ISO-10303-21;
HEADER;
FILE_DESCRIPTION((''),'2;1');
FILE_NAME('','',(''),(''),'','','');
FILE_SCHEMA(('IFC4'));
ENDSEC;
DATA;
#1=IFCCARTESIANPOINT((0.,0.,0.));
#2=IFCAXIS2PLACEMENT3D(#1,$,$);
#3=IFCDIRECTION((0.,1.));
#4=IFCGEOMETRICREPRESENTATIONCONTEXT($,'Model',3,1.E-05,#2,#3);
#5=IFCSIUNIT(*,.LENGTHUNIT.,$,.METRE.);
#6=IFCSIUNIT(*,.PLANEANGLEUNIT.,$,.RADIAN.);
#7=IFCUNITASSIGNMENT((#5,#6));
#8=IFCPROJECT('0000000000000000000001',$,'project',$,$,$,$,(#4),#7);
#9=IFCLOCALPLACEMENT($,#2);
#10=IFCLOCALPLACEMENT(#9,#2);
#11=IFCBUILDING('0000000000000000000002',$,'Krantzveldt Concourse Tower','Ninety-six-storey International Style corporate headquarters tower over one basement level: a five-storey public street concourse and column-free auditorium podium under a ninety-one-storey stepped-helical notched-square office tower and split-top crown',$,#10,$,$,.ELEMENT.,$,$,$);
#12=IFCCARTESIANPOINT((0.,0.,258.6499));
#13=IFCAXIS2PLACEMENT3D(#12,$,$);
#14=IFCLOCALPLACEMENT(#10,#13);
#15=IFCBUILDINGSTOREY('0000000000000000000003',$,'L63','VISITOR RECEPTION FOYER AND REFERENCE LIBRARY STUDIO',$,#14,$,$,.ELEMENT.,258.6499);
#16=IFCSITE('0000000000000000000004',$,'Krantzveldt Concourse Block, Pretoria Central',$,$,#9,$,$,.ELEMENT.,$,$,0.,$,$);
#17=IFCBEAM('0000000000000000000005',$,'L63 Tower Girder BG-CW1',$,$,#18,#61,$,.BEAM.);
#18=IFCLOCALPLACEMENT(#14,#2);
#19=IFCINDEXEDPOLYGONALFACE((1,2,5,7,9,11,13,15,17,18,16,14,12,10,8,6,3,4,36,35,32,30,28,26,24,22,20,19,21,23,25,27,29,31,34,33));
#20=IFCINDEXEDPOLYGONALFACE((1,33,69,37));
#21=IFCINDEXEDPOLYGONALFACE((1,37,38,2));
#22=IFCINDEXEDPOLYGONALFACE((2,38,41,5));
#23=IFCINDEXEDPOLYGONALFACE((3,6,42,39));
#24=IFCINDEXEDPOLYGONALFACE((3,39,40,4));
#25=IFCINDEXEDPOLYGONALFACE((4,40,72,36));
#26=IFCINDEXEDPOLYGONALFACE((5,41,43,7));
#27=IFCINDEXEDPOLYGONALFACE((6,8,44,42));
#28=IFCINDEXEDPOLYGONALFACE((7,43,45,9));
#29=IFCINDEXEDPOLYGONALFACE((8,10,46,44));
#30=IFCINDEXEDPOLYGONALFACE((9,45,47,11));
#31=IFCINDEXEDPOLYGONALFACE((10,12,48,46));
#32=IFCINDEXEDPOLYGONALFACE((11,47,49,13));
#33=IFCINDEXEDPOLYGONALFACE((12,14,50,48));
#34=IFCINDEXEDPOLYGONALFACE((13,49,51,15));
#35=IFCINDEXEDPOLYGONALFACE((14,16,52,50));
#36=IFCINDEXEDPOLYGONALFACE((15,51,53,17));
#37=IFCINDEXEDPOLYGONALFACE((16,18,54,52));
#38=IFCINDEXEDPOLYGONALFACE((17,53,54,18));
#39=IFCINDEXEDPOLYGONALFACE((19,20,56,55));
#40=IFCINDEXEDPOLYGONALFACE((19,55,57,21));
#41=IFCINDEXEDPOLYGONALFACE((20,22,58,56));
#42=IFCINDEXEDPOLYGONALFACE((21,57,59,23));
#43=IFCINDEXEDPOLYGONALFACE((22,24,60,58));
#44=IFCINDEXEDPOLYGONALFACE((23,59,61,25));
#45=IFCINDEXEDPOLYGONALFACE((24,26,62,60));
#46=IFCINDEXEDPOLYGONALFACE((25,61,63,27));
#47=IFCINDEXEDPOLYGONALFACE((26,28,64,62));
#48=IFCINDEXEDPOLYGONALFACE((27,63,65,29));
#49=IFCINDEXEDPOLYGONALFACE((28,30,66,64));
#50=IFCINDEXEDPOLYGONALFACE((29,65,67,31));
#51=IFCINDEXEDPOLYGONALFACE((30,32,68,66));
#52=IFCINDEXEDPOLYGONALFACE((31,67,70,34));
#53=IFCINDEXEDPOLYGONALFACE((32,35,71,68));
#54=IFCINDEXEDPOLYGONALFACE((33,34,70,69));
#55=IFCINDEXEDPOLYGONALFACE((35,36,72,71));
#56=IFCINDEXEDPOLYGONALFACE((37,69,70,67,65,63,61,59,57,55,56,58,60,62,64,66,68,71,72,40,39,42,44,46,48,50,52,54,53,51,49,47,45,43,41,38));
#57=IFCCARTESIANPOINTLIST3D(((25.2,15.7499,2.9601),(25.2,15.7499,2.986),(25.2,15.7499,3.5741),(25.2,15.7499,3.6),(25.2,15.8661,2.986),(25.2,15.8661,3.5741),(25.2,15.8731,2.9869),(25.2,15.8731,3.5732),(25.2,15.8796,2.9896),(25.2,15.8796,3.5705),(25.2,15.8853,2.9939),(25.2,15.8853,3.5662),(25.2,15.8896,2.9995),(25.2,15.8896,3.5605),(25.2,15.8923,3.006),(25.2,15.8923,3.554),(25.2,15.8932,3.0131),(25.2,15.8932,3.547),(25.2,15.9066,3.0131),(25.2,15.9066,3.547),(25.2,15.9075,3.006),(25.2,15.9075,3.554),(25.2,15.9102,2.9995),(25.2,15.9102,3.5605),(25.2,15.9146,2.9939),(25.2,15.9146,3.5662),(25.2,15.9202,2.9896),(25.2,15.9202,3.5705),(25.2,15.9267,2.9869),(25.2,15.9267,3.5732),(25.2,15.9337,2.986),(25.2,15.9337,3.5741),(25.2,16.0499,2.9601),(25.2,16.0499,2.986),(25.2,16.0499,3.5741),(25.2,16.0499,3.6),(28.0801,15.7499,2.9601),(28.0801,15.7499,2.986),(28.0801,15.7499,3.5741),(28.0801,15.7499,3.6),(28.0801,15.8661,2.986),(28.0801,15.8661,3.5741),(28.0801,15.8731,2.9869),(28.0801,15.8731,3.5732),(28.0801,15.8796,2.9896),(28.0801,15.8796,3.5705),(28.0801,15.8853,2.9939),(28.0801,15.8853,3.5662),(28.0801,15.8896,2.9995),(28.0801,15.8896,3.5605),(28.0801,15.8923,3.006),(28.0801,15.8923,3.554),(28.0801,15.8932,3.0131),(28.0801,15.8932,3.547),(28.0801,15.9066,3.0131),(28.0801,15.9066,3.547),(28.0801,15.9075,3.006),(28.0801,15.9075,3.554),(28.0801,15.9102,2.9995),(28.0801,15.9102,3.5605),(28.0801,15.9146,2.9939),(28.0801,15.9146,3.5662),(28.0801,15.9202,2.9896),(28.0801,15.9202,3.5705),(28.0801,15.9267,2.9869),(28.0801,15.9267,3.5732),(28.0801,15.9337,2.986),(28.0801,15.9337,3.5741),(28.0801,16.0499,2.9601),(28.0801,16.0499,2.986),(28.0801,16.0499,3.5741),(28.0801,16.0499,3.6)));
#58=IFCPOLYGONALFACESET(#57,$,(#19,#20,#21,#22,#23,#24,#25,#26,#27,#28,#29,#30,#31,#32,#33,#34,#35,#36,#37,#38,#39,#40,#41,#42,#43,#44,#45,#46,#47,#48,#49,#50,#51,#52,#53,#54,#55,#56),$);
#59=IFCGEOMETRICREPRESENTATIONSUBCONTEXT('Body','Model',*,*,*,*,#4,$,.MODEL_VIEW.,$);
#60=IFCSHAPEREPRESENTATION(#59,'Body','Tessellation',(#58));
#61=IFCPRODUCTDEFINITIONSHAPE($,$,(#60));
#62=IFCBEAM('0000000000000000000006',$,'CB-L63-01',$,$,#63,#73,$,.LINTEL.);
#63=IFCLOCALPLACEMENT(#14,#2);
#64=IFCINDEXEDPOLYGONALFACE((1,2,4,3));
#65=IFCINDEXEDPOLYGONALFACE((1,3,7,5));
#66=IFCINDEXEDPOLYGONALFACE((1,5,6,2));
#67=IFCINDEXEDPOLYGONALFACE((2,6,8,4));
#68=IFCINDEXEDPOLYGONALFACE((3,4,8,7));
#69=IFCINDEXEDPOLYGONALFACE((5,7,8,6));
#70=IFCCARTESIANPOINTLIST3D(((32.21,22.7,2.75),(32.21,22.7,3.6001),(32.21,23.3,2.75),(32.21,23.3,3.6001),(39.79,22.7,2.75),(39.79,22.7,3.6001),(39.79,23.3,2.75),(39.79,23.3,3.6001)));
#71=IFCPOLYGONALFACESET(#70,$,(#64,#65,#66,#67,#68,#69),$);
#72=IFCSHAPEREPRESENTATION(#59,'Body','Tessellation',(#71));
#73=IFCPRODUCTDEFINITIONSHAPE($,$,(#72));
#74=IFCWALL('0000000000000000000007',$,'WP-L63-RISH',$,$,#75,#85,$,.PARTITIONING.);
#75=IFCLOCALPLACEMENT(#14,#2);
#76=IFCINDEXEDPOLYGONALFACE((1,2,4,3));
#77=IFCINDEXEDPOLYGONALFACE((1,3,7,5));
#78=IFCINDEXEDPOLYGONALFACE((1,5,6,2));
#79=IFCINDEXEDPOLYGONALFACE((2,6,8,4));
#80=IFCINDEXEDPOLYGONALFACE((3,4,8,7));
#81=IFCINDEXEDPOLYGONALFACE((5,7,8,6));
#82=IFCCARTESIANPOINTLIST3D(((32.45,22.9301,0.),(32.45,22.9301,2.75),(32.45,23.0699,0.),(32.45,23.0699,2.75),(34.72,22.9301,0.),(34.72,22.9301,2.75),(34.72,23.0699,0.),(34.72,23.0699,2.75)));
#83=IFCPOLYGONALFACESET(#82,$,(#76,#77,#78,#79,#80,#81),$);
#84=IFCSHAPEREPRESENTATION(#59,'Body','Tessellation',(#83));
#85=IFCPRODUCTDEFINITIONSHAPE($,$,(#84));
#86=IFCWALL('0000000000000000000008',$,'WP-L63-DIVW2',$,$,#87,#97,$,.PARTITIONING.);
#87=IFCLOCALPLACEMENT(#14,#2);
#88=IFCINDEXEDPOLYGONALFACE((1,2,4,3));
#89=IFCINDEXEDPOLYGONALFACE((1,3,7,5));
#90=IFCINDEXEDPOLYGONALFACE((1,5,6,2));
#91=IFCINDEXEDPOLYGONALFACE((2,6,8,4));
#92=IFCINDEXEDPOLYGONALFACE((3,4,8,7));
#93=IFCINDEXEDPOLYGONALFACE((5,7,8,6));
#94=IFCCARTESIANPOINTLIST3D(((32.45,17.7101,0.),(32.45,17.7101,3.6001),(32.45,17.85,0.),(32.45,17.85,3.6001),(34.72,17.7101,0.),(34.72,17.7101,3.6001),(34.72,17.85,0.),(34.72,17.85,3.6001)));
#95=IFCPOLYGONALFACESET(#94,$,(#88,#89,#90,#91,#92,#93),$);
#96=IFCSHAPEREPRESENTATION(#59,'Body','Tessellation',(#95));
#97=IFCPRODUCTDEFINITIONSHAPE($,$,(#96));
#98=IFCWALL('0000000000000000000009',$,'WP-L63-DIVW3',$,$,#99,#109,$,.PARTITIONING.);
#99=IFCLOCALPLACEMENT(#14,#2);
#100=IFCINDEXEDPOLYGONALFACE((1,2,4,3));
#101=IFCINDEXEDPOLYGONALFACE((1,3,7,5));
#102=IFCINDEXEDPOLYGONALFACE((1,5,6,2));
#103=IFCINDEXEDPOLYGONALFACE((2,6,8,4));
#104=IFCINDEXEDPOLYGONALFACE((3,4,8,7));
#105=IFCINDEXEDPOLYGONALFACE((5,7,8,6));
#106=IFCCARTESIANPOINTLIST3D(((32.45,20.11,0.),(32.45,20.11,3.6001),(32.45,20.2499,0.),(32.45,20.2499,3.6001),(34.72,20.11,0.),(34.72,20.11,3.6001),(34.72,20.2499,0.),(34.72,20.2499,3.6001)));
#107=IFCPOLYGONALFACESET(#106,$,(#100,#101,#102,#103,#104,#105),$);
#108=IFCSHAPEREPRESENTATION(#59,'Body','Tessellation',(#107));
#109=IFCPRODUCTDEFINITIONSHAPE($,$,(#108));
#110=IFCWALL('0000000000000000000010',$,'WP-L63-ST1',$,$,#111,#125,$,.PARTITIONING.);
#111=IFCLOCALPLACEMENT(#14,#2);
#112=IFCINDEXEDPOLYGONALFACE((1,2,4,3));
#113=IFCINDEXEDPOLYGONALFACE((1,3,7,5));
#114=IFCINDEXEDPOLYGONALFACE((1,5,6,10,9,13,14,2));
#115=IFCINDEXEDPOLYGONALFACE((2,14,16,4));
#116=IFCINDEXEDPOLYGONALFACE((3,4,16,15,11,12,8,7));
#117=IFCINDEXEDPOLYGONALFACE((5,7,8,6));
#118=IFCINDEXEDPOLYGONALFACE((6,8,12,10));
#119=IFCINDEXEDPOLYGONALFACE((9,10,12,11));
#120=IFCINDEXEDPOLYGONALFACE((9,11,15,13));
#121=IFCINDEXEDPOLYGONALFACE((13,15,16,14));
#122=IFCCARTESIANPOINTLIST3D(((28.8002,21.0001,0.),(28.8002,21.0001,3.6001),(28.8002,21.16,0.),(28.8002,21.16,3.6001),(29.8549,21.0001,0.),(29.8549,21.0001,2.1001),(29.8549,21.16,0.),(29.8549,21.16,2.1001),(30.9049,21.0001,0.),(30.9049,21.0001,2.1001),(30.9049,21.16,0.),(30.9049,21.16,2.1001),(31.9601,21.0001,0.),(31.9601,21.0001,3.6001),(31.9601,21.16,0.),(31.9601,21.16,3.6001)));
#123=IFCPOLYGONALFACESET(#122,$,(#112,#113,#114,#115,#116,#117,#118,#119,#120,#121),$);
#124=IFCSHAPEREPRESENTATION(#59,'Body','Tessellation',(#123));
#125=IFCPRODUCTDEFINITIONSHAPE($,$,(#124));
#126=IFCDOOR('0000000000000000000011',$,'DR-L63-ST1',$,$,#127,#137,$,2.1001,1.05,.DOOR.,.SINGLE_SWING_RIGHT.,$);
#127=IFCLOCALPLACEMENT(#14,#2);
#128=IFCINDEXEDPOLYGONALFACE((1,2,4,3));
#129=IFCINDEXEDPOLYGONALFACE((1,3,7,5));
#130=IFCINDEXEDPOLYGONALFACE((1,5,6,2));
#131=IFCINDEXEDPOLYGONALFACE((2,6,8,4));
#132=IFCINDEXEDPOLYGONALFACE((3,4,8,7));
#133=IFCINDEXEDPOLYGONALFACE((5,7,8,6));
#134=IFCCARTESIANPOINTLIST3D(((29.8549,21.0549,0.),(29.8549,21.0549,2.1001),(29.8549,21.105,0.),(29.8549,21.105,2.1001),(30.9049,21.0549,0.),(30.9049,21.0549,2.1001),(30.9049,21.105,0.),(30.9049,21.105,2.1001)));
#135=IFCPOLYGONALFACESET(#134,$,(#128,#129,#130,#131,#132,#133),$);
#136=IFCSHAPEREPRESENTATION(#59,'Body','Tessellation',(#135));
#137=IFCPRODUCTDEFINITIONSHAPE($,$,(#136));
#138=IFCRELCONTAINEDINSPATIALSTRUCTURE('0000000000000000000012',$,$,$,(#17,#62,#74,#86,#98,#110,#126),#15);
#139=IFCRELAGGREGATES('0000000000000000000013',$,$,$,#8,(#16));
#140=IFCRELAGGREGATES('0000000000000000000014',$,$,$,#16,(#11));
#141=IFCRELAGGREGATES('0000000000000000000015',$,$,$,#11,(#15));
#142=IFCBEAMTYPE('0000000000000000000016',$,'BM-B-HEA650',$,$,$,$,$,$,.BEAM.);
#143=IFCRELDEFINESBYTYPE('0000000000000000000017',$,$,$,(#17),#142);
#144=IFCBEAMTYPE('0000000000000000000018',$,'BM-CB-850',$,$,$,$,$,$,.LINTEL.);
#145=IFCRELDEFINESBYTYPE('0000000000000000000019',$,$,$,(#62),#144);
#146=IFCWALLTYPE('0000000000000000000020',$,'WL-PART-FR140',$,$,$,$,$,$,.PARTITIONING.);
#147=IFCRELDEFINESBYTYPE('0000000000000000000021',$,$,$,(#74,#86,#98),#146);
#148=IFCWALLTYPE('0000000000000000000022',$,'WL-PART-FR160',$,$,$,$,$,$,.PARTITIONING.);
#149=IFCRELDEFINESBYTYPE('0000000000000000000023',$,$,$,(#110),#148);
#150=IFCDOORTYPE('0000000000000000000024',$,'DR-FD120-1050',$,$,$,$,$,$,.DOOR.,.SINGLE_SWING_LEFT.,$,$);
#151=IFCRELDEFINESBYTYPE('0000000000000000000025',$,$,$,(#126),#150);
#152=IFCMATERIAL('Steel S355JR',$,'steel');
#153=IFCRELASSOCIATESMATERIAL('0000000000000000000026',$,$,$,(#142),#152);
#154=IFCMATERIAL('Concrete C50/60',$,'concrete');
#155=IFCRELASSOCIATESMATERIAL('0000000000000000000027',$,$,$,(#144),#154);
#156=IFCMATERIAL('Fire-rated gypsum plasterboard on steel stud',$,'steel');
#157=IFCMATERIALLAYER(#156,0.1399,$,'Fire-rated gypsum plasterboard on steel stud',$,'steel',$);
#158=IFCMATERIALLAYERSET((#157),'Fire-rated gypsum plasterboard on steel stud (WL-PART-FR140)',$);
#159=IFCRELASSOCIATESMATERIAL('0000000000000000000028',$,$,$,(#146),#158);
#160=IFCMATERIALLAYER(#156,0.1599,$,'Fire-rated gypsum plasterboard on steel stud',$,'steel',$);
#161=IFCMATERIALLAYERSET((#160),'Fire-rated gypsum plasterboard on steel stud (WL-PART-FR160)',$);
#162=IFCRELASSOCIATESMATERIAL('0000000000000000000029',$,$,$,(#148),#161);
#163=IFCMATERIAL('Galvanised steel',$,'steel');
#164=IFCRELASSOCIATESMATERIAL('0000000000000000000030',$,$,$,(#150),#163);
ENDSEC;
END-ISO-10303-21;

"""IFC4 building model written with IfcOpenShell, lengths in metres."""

from ifc_helpers import new_model, si_unit, direction, frame, frame_2d, origin, origin_2d, place, context, subcontext, project, spatial, rectangle, i_section, extrude, source, transform, mapped, material, layer, layer_set, material_profile, profile_set, type_object, type_shapes, element, fill, save


model = new_model("IFC4")

# Units and contexts
model_context = context("Model", 3, precision=1e-05, world=origin(), true_north=direction((0.0, 1.0)))
body_context = subcontext(model_context, "Body", "Model", "MODEL_VIEW")
ifc_project = project(units=[si_unit("LENGTHUNIT", "METRE"), si_unit("PLANEANGLEUNIT", "RADIAN")], contexts=[model_context])

# Site, building, storey
site_placement = place(None, origin())
site = spatial("IfcSite", under=ifc_project, at=site_placement, Name="Krantzveldt Concourse Block, Pretoria Central", CompositionType="ELEMENT", RefElevation=0.0)
building_placement = place(site_placement, origin())
building = spatial("IfcBuilding", under=site, at=building_placement, Name="Krantzveldt Concourse Tower", Description="Ninety-six-storey International Style corporate headquarters tower over one basement level: a five-storey public street concourse and column-free auditorium podium under a ninety-one-storey stepped-helical notched-square office tower and split-top crown", CompositionType="ELEMENT")
storey_placement = place(building_placement, frame((0.0, 0.0, 258.6499)))
storey = spatial("IfcBuildingStorey", under=building, at=storey_placement, Name="L63", Description="VISITOR RECEPTION FOYER AND REFERENCE LIBRARY STUDIO", CompositionType="ELEMENT", Elevation=258.6499)

# Beams
ifc_material_1 = material(Name="Steel S355JR", Category="steel")
ifc_material_profile_1 = material_profile(ifc_material_1, i_section(OverallWidth=0.3, OverallDepth=0.6399, WebThickness=0.0134, FlangeThickness=0.0259, FilletRadius=0.0271, at=origin_2d()), Name="Steel S355JR", Category="steel")
ifc_profile_set_1 = profile_set([ifc_material_profile_1], Name="Steel S355JR - HEA 650")
beam_type_1 = type_object("IfcBeamType", Name="BM-B-HEA650", PredefinedType="BEAM", material=ifc_profile_set_1)
shared_shape_1 = source(origin(), body_context, "Body", "SweptSolid", [
    extrude(i_section(OverallWidth=0.3, OverallDepth=0.6399, WebThickness=0.0134, FlangeThickness=0.0259, FilletRadius=0.0271, at=origin_2d()), origin(), (0.0, 0.0, 1.0), 2.8801),
])
type_shapes(beam_type_1, [shared_shape_1])
beam_1_placement = place(storey_placement, frame((25.2, 15.8999, 3.28), z_axis=(1.0, 0.0, 0.0), x_axis=(0.0, 1.0, 0.0)))
element("IfcBeam", 1, at=beam_1_placement, inside=storey, type_object=beam_type_1, Name="L63 Tower Girder BG-CW1", PredefinedType="BEAM", context=body_context, shape_type="MappedRepresentation", body=[
    mapped(shared_shape_1, transform((0.0, 0.0, 0.0), x_axis=(1.0, 0.0, 0.0), y_axis=(0.0, 1.0, 0.0), z_axis=(0.0, 0.0, 1.0), scale=1.0)),
])
ifc_material_2 = material(Name="Concrete C50/60", Category="concrete")
ifc_material_profile_2 = material_profile(ifc_material_2, rectangle(XDim=0.6001, YDim=0.8501, at=origin_2d()), Name="Concrete C50/60", Category="concrete")
ifc_profile_set_2 = profile_set([ifc_material_profile_2], Name="Concrete C50/60 - RC-CB 600x850")
beam_type_2 = type_object("IfcBeamType", Name="BM-CB-850", PredefinedType="LINTEL", material=ifc_profile_set_2)
shared_shape_2 = source(origin(), body_context, "Body", "SweptSolid", [
    extrude(rectangle(XDim=0.6001, YDim=0.8501, at=origin_2d()), origin(), (0.0, 0.0, 1.0), 7.5801),
])
type_shapes(beam_type_2, [shared_shape_2])
beam_2_placement = place(storey_placement, frame((32.21, 23.0, 3.175), z_axis=(1.0, 0.0, 0.0), x_axis=(0.0, 1.0, 0.0)))
element("IfcBeam", 2, at=beam_2_placement, inside=storey, type_object=beam_type_2, Name="CB-L63-01", PredefinedType="LINTEL", context=body_context, shape_type="MappedRepresentation", body=[
    mapped(shared_shape_2, transform((0.0, 0.0, 0.0), x_axis=(1.0, 0.0, 0.0), y_axis=(0.0, 1.0, 0.0), z_axis=(0.0, 0.0, 1.0), scale=1.0)),
])

# Walls
ifc_material_3 = material(Name="Fire-rated gypsum plasterboard on steel stud", Category="steel")
ifc_layer_1 = layer(ifc_material_3, 0.1399, Name="Fire-rated gypsum plasterboard on steel stud", Category="steel")
ifc_layer_set_1 = layer_set([ifc_layer_1], Name="Fire-rated gypsum plasterboard on steel stud (WL-PART-FR140)")
wall_type_1 = type_object("IfcWallType", Name="WL-PART-FR140", PredefinedType="PARTITIONING", material=ifc_layer_set_1)
wall_1_placement = place(storey_placement, frame((32.45, 23.0, 0.0), z_axis=(0.0, 0.0, 1.0), x_axis=(1.0, 0.0, 0.0)))
element("IfcWall", 3, at=wall_1_placement, inside=storey, type_object=wall_type_1, Name="WP-L63-RISH", PredefinedType="PARTITIONING", context=body_context, shape_type="SweptSolid", body=[
    extrude(rectangle(XDim=2.27, YDim=0.1399, at=frame_2d((1.135, 0.0))), origin(), (0.0, 0.0, 1.0), 2.75),
])
for number, where, z_axis, x_axis, name in (
    (4, (32.45, 17.78, 0.0), (0.0, 0.0, 1.0), (1.0, 0.0, 0.0), "WP-L63-DIVW2"),
    (5, (32.45, 20.1799, 0.0), (0.0, 0.0, 1.0), (1.0, 0.0, 0.0), "WP-L63-DIVW3"),
):
    element("IfcWall", number, at=place(storey_placement, frame(where, z_axis=z_axis, x_axis=x_axis)), inside=storey, type_object=wall_type_1, Name=name, PredefinedType="PARTITIONING", context=body_context, shape_type="SweptSolid", body=[
        extrude(rectangle(XDim=2.27, YDim=0.1399, at=frame_2d((1.135, 0.0))), origin(), (0.0, 0.0, 1.0), 3.6001),
    ])

# Wall, opening, door
ifc_layer_2 = layer(ifc_material_3, 0.1599, Name="Fire-rated gypsum plasterboard on steel stud", Category="steel")
ifc_layer_set_2 = layer_set([ifc_layer_2], Name="Fire-rated gypsum plasterboard on steel stud (WL-PART-FR160)")
wall_type_2 = type_object("IfcWallType", Name="WL-PART-FR160", PredefinedType="PARTITIONING", material=ifc_layer_set_2)
wall_2_placement = place(storey_placement, frame((28.8, 21.0801, 0.0), z_axis=(0.0, 0.0, 1.0), x_axis=(1.0, 0.0, 0.0)))
wall_2 = element("IfcWall", 6, at=wall_2_placement, inside=storey, type_object=wall_type_2, Name="WP-L63-ST1", PredefinedType="PARTITIONING", context=body_context, shape_type="SweptSolid", body=[
    extrude(rectangle(XDim=3.1599, YDim=0.1599, at=frame_2d((1.5801, 0.0))), origin(), (0.0, 0.0, 1.0), 3.6001),
])
opening_1_placement = place(wall_2_placement, frame((1.0549, 0.0, 0.0)))
opening_1 = element("IfcOpeningElement", 7, at=opening_1_placement, cuts=wall_2, PredefinedType="OPENING", context=body_context, shape_type="SweptSolid", body=[
    extrude(rectangle(XDim=1.05, YDim=2.1001, at=frame_2d((0.5249, 1.05))), frame((0.0, 0.0898, 0.0), z_axis=(0.0, -1.0, 0.0), x_axis=(1.0, 0.0, 0.0)), (0.0, 0.0, 1.0), 0.1799),
])
ifc_material_4 = material(Name="Galvanised steel", Category="steel")
door_type_1 = type_object("IfcDoorType", Name="DR-FD120-1050", OperationType="SINGLE_SWING_LEFT", PredefinedType="DOOR", material=ifc_material_4)
door_1_placement = place(opening_1_placement, origin())
door_1 = element("IfcDoor", 8, at=door_1_placement, inside=storey, type_object=door_type_1, Name="DR-L63-ST1", OperationType="SINGLE_SWING_RIGHT", OverallHeight=2.1001, OverallWidth=1.05, PredefinedType="DOOR", context=body_context, shape_type="SweptSolid", body=[
    extrude(rectangle(XDim=1.05, YDim=2.1001, at=frame_2d((0.5249, 1.05))), frame((0.0, 0.0249, 0.0), z_axis=(0.0, -1.0, 0.0), x_axis=(1.0, 0.0, 0.0)), (0.0, 0.0, 1.0), 0.05),
])
fill(opening_1, door_1)

save(model, "model.ifc")
